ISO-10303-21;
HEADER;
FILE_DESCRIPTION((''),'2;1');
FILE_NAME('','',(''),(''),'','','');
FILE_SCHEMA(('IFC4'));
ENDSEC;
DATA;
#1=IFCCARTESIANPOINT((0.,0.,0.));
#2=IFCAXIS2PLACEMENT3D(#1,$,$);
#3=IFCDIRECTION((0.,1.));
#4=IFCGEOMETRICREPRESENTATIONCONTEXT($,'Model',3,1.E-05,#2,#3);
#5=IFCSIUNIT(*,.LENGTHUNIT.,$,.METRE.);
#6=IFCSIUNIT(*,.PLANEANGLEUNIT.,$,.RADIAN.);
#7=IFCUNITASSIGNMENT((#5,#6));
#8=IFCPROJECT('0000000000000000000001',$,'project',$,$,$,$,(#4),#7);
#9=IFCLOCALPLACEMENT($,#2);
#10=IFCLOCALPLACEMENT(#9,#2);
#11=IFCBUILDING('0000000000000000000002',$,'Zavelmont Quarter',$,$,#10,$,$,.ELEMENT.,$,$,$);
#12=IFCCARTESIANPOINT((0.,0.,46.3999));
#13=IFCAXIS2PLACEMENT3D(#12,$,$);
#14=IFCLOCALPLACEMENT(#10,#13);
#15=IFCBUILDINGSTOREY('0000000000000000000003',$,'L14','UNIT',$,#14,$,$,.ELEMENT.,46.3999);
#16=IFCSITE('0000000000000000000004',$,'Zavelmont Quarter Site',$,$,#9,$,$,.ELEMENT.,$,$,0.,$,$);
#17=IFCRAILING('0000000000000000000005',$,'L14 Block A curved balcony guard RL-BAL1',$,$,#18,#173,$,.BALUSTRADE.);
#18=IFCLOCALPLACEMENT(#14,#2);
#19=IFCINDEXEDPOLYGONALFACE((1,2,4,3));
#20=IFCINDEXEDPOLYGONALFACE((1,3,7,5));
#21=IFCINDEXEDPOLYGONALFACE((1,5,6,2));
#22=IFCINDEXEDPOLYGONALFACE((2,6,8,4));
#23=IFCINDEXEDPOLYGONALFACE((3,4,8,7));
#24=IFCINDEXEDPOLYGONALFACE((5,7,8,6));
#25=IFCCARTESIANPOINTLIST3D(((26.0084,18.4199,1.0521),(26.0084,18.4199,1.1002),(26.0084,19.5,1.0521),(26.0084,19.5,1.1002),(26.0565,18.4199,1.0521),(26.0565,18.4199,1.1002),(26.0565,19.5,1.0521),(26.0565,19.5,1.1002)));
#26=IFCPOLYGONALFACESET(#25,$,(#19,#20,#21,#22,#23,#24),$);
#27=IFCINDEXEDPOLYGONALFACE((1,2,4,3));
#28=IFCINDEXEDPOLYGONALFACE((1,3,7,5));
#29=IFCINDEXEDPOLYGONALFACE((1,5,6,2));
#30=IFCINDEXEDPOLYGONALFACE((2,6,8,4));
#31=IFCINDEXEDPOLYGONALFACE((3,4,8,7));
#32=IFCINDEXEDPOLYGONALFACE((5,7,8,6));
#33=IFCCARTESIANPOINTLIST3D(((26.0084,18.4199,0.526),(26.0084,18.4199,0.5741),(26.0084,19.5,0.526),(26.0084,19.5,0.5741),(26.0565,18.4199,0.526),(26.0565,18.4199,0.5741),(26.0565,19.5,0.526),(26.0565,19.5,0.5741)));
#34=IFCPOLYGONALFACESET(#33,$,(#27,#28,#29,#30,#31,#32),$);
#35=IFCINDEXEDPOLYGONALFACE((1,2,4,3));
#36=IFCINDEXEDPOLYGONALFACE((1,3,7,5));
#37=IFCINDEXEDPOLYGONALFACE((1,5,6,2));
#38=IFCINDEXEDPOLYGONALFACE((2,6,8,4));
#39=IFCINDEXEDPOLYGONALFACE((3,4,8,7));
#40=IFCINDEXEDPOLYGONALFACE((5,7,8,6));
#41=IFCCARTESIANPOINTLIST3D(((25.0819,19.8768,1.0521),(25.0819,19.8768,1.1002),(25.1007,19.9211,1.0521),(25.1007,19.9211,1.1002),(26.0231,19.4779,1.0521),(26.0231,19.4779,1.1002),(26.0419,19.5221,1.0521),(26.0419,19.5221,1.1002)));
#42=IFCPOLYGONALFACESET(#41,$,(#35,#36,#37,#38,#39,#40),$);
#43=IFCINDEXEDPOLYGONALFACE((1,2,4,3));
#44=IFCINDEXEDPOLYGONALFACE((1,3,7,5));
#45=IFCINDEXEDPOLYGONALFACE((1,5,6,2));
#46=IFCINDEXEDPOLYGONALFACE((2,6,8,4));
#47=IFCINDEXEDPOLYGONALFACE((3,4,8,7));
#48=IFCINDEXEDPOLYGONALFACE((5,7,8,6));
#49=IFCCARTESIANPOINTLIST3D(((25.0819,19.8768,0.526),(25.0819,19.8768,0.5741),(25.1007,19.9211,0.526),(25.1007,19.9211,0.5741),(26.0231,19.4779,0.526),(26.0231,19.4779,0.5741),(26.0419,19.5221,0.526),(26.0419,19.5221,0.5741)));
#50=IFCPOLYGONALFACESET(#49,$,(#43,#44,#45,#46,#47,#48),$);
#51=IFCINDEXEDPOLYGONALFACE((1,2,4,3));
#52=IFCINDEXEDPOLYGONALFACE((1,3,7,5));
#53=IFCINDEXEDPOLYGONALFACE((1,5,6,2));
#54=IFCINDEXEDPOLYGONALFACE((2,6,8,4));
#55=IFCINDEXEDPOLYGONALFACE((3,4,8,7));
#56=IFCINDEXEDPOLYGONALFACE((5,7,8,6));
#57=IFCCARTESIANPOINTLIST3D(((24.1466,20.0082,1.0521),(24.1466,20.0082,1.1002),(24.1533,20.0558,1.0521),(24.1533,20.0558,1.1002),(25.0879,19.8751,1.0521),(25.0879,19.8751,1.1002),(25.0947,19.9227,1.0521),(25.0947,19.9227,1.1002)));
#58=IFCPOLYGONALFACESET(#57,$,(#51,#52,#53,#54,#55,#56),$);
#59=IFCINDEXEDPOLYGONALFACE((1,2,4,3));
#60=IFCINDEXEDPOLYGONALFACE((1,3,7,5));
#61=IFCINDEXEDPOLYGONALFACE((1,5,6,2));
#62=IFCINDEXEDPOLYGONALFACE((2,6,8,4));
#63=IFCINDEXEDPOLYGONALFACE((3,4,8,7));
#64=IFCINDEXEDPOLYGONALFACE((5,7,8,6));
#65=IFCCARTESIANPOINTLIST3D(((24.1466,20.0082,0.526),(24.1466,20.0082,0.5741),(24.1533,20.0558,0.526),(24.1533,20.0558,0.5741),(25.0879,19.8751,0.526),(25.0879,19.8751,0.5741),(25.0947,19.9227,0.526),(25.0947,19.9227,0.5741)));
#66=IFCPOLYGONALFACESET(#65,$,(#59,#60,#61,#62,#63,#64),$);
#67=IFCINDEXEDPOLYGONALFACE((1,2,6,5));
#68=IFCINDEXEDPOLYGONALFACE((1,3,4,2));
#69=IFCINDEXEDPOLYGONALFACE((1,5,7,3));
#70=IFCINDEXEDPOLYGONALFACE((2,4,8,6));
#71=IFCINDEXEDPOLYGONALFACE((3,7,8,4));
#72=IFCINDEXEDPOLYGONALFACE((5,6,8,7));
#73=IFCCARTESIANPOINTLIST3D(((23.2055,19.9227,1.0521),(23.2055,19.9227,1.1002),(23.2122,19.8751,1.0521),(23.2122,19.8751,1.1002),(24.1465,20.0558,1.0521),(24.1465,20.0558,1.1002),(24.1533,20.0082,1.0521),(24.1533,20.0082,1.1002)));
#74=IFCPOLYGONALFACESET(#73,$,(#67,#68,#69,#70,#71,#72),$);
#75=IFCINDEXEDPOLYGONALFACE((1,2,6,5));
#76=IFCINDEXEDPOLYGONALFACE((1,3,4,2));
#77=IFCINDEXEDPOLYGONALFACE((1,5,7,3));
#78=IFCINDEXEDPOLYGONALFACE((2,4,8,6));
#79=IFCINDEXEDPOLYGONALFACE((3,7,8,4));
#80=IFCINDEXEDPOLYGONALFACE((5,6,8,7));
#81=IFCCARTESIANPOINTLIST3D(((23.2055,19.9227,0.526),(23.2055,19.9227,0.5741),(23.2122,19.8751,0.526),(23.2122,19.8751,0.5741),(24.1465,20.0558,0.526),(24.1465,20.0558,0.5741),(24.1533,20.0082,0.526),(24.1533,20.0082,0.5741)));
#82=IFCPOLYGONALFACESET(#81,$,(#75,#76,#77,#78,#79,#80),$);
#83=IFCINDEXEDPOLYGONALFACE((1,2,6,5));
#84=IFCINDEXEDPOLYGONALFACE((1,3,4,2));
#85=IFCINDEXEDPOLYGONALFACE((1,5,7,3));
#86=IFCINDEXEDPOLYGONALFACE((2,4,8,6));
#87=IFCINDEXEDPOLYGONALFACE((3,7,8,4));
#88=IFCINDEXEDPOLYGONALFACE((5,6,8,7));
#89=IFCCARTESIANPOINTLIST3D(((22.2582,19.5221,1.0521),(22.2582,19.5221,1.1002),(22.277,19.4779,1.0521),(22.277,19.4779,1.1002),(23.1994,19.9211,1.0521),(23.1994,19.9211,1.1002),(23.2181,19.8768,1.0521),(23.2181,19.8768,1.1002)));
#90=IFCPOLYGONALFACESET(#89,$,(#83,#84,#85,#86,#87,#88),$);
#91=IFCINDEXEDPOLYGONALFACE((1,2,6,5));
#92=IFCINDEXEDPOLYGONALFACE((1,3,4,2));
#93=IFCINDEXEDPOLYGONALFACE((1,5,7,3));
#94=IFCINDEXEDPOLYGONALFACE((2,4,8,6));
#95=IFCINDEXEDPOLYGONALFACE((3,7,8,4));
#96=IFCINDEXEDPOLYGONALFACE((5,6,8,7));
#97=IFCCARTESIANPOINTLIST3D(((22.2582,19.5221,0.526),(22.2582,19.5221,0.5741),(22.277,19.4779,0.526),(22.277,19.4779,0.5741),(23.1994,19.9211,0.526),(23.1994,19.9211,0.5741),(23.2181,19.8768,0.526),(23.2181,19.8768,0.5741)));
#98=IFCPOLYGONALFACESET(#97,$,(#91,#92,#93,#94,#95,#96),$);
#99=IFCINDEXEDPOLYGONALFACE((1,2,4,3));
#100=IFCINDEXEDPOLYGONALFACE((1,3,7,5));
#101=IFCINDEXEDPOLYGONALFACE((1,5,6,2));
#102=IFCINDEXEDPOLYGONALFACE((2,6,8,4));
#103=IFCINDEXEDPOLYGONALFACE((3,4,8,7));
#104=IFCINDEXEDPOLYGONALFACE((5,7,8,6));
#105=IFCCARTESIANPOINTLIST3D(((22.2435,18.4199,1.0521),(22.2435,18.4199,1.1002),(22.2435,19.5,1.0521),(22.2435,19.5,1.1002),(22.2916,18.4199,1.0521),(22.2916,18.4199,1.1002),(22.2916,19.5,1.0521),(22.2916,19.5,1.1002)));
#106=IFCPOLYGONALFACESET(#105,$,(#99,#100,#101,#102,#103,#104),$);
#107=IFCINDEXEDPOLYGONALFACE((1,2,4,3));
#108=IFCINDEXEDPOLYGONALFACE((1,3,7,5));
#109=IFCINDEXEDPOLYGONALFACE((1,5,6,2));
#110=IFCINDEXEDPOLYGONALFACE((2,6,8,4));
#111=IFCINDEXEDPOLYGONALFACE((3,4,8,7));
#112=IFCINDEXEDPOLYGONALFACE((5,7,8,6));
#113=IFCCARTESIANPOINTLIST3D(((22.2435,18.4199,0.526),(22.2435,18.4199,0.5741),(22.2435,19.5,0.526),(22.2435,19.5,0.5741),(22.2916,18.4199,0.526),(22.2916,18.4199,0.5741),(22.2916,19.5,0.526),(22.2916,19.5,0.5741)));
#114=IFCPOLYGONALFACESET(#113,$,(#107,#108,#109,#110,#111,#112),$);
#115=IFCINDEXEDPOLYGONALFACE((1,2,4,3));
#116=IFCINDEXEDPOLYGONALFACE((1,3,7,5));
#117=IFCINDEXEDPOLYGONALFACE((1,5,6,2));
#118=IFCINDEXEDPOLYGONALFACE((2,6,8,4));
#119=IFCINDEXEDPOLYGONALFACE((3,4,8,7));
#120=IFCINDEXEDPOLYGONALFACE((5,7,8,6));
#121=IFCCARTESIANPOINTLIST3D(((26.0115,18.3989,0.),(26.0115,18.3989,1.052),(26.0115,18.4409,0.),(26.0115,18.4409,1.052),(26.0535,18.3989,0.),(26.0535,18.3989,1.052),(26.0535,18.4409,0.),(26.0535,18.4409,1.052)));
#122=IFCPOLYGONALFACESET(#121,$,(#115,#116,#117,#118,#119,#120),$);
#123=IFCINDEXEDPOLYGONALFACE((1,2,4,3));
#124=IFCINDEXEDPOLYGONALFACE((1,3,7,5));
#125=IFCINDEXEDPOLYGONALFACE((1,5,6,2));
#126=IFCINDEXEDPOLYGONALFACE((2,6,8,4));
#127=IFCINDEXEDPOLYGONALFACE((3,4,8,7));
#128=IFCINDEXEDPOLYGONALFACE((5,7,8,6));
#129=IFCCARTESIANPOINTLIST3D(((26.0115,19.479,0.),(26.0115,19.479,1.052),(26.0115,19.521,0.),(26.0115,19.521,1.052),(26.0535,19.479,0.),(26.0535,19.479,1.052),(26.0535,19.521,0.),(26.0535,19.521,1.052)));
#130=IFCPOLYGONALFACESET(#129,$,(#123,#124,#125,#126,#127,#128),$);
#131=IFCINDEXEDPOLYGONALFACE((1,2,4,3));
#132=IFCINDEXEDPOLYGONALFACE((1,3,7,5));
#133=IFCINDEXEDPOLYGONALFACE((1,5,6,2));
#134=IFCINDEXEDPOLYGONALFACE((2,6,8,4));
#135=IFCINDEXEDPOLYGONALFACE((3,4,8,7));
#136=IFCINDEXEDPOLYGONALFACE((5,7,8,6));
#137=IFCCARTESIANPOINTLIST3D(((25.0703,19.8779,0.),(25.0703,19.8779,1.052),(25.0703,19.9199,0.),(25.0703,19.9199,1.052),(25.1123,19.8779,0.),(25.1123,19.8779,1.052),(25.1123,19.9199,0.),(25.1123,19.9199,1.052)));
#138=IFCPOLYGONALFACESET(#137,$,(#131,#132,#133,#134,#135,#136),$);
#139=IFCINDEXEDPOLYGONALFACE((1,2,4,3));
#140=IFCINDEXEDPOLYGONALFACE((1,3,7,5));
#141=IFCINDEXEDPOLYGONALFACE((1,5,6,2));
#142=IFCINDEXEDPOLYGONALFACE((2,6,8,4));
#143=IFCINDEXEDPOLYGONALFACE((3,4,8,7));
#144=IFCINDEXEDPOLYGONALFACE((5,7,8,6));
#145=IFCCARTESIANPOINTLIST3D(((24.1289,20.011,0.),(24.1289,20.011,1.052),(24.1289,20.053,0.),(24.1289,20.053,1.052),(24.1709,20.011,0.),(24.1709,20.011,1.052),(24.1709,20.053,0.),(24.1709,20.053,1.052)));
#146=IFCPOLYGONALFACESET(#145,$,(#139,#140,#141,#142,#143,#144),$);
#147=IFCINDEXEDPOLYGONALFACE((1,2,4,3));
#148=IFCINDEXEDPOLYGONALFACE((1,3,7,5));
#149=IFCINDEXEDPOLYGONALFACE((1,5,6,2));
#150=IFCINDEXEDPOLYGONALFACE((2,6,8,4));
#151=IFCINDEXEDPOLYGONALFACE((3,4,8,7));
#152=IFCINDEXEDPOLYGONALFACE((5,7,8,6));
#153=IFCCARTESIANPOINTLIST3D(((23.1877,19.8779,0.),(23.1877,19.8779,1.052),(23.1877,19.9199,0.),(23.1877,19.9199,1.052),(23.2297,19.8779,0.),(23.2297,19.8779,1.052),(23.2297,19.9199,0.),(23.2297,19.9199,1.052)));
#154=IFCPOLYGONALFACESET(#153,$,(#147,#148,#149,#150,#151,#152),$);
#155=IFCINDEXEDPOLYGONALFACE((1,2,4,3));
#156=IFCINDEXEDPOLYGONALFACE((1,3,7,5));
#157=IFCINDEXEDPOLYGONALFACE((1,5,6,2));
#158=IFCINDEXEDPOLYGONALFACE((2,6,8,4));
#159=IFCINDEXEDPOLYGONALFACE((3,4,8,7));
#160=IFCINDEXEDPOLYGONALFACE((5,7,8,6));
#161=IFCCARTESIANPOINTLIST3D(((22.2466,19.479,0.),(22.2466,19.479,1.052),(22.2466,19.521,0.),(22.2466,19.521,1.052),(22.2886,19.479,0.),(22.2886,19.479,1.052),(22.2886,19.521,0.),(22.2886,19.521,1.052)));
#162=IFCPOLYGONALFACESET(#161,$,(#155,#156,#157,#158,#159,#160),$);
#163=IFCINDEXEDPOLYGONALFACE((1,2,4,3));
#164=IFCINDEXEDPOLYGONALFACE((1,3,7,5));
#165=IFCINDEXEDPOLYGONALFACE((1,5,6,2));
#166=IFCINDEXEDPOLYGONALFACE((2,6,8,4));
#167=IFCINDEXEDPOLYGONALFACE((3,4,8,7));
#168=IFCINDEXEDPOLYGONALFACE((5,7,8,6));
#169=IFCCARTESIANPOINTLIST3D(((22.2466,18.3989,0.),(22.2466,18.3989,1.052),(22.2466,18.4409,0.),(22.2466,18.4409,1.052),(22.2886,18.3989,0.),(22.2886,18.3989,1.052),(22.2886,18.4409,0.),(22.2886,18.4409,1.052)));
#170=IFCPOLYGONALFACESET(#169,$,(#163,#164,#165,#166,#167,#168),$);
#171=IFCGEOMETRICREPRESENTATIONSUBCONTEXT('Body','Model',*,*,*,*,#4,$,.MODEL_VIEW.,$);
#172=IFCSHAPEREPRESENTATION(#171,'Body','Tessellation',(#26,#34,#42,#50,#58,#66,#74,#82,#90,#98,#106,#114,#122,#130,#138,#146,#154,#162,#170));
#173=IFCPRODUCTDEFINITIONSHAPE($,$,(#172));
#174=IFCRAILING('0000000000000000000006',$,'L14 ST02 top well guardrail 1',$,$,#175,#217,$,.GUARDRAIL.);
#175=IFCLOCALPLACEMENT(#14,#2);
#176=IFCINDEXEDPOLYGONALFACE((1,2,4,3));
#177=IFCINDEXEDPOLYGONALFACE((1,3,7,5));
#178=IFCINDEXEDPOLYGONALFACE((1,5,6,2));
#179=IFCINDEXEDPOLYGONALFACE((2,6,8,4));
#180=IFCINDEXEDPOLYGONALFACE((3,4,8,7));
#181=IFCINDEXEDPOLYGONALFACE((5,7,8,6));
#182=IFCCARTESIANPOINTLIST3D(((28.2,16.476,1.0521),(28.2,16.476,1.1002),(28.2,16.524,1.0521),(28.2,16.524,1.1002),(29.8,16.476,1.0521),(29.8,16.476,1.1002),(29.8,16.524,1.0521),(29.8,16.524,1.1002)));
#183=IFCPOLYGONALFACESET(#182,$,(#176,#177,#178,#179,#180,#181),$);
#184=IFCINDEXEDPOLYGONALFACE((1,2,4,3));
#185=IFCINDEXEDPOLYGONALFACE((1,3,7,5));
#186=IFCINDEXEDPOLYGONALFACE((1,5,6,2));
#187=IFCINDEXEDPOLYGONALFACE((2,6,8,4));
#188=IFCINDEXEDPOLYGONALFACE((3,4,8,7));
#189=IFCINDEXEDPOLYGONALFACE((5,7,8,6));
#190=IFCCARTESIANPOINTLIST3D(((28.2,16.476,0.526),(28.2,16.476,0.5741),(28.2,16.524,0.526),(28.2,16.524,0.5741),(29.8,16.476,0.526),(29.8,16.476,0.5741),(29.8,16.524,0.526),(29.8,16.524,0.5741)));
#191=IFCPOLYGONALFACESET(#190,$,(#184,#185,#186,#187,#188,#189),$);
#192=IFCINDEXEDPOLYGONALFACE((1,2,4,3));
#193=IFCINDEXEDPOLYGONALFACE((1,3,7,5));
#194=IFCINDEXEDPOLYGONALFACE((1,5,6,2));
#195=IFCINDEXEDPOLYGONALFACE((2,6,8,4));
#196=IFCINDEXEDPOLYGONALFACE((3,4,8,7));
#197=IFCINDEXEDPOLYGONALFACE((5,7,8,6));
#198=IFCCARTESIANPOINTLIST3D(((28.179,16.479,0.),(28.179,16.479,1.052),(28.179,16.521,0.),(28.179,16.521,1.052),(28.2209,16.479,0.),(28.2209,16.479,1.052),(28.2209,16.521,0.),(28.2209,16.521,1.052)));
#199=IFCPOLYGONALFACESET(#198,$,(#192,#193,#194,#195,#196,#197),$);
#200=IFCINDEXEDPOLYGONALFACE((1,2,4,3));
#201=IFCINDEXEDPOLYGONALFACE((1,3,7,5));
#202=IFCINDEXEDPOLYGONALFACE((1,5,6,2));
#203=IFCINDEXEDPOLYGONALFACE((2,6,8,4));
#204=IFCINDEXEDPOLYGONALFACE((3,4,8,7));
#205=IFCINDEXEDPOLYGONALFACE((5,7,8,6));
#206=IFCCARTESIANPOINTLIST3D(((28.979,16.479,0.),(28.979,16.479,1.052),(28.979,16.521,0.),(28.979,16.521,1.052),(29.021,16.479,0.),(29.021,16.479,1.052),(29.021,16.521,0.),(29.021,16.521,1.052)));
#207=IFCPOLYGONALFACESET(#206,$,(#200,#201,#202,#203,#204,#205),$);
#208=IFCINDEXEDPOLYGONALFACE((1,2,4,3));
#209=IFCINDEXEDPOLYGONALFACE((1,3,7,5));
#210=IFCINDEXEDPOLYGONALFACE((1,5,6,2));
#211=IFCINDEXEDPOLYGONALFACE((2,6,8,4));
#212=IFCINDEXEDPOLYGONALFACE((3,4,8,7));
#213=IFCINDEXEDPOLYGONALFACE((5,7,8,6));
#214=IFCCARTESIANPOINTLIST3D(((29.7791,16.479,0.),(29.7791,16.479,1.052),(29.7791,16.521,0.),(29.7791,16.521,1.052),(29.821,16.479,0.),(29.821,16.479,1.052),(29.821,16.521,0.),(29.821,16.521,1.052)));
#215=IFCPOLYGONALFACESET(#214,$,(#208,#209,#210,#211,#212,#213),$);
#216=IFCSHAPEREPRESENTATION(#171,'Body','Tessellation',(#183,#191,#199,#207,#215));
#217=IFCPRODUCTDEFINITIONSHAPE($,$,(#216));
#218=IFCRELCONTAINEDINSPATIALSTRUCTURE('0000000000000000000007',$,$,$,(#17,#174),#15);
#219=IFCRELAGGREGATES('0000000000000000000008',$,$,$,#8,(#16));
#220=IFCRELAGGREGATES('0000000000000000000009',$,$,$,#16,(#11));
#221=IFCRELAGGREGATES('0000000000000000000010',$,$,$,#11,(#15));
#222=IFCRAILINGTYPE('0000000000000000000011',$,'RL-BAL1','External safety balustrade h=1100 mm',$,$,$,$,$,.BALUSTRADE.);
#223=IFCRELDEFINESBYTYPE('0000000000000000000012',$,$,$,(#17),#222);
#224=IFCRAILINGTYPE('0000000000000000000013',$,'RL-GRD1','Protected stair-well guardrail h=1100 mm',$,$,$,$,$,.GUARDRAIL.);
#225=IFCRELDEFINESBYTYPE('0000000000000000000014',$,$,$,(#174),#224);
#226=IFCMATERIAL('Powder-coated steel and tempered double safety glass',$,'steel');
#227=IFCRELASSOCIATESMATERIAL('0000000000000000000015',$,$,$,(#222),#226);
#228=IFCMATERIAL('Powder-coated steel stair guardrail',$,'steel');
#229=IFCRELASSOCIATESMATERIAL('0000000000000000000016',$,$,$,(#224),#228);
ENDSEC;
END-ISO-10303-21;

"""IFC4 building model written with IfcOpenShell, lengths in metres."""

from ifc_helpers import new_model, si_unit, direction, frame, origin, origin_2d, place, context, subcontext, project, spatial, rectangle, extrude, material, type_object, element, save


model = new_model("IFC4")

# Units and contexts
model_context = context("Model", 3, precision=1e-05, world=origin(), true_north=direction((0.0, 1.0)))
body_context = subcontext(model_context, "Body", "Model", "MODEL_VIEW")
ifc_project = project(units=[si_unit("LENGTHUNIT", "METRE"), si_unit("PLANEANGLEUNIT", "RADIAN")], contexts=[model_context])

# Site, building, storey
site_placement = place(None, origin())
site = spatial("IfcSite", under=ifc_project, at=site_placement, Name="Zavelmont Quarter Site", CompositionType="ELEMENT", RefElevation=0.0)
building_placement = place(site_placement, origin())
building = spatial("IfcBuilding", under=site, at=building_placement, Name="Zavelmont Quarter", CompositionType="ELEMENT")
storey_placement = place(building_placement, frame((0.0, 0.0, 46.3999)))
storey = spatial("IfcBuildingStorey", under=building, at=storey_placement, Name="L14", Description="UNIT", CompositionType="ELEMENT", Elevation=46.3999)

# Railings
ifc_material_1 = material(Name="Powder-coated steel and tempered double safety glass", Category="steel")
railing_type_1 = type_object("IfcRailingType", Name="RL-BAL1", Description="External safety balustrade h=1100 mm", PredefinedType="BALUSTRADE", material=ifc_material_1)
railing_1_placement = place(storey_placement, frame((26.0325, 18.4199, 0.0)))
element("IfcRailing", 1, at=railing_1_placement, inside=storey, type_object=railing_type_1, Name="L14 Block A curved balcony guard RL-BAL1", PredefinedType="BALUSTRADE", context=body_context, shape_type="SweptSolid", body=[
    extrude(rectangle(XDim=0.0481, YDim=0.0481, at=origin_2d()), frame((0.0, 0.0, 1.0762), z_axis=(0.0, 1.0, 0.0), x_axis=(-1.0, 0.0, 0.0)), (0.0, 0.0, 1.0), 1.0801),
    extrude(rectangle(XDim=0.0481, YDim=0.0481, at=origin_2d()), frame((0.0, 0.0, 0.55), z_axis=(0.0, 1.0, 0.0), x_axis=(-1.0, 0.0, 0.0)), (0.0, 0.0, 1.0), 1.0801),
    extrude(rectangle(XDim=0.0481, YDim=0.0481, at=origin_2d()), frame((0.0, 1.0801, 1.0762), z_axis=(-0.920707, 0.390255, 0.0), x_axis=(-0.390255, -0.920707, 0.0)), (0.0, 0.0, 1.0), 1.0222),
    extrude(rectangle(XDim=0.0481, YDim=0.0481, at=origin_2d()), frame((0.0, 1.0801, 0.55), z_axis=(-0.920707, 0.390255, 0.0), x_axis=(-0.390255, -0.920707, 0.0)), (0.0, 0.0, 1.0), 1.0222),
    extrude(rectangle(XDim=0.0481, YDim=0.0481, at=origin_2d()), frame((-0.9412, 1.479, 1.0762), z_axis=(-0.990159, 0.139947, 0.0), x_axis=(-0.139947, -0.990159, 0.0)), (0.0, 0.0, 1.0), 0.9507),
    extrude(rectangle(XDim=0.0481, YDim=0.0481, at=origin_2d()), frame((-0.9412, 1.479, 0.55), z_axis=(-0.990159, 0.139947, 0.0), x_axis=(-0.139947, -0.990159, 0.0)), (0.0, 0.0, 1.0), 0.9507),
    extrude(rectangle(XDim=0.0481, YDim=0.0481, at=origin_2d()), frame((-1.8826, 1.6121, 1.0762), z_axis=(-0.990154, -0.139983, 0.0), x_axis=(0.139983, -0.990154, 0.0)), (0.0, 0.0, 1.0), 0.9504),
    extrude(rectangle(XDim=0.0481, YDim=0.0481, at=origin_2d()), frame((-1.8826, 1.6121, 0.55), z_axis=(-0.990154, -0.139983, 0.0), x_axis=(0.139983, -0.990154, 0.0)), (0.0, 0.0, 1.0), 0.9504),
    extrude(rectangle(XDim=0.0481, YDim=0.0481, at=origin_2d()), frame((-2.8237, 1.479, 1.0762), z_axis=(-0.920707, -0.390255, 0.0), x_axis=(0.390255, -0.920707, 0.0)), (0.0, 0.0, 1.0), 1.0222),
    extrude(rectangle(XDim=0.0481, YDim=0.0481, at=origin_2d()), frame((-2.8237, 1.479, 0.55), z_axis=(-0.920707, -0.390255, 0.0), x_axis=(0.390255, -0.920707, 0.0)), (0.0, 0.0, 1.0), 1.0222),
    extrude(rectangle(XDim=0.0481, YDim=0.0481, at=origin_2d()), frame((-3.7649, 1.0801, 1.0762), z_axis=(0.0, -1.0, 0.0), x_axis=(1.0, 0.0, 0.0)), (0.0, 0.0, 1.0), 1.0801),
    extrude(rectangle(XDim=0.0481, YDim=0.0481, at=origin_2d()), frame((-3.7649, 1.0801, 0.55), z_axis=(0.0, -1.0, 0.0), x_axis=(1.0, 0.0, 0.0)), (0.0, 0.0, 1.0), 1.0801),
    extrude(rectangle(XDim=0.042, YDim=0.042, at=origin_2d()), origin(), (0.0, 0.0, 1.0), 1.052),
    extrude(rectangle(XDim=0.042, YDim=0.042, at=origin_2d()), frame((0.0, 1.0801, 0.0)), (0.0, 0.0, 1.0), 1.052),
    extrude(rectangle(XDim=0.042, YDim=0.042, at=origin_2d()), frame((-0.9412, 1.479, 0.0)), (0.0, 0.0, 1.0), 1.052),
    extrude(rectangle(XDim=0.042, YDim=0.042, at=origin_2d()), frame((-1.8826, 1.6121, 0.0)), (0.0, 0.0, 1.0), 1.052),
    extrude(rectangle(XDim=0.042, YDim=0.042, at=origin_2d()), frame((-2.8237, 1.479, 0.0)), (0.0, 0.0, 1.0), 1.052),
    extrude(rectangle(XDim=0.042, YDim=0.042, at=origin_2d()), frame((-3.7649, 1.0801, 0.0)), (0.0, 0.0, 1.0), 1.052),
    extrude(rectangle(XDim=0.042, YDim=0.042, at=origin_2d()), frame((-3.7649, 0.0, 0.0)), (0.0, 0.0, 1.0), 1.052),
])
ifc_material_2 = material(Name="Powder-coated steel stair guardrail", Category="steel")
railing_type_2 = type_object("IfcRailingType", Name="RL-GRD1", Description="Protected stair-well guardrail h=1100 mm", PredefinedType="GUARDRAIL", material=ifc_material_2)
railing_2_placement = place(storey_placement, frame((28.2, 16.5, 0.0)))
element("IfcRailing", 2, at=railing_2_placement, inside=storey, type_object=railing_type_2, Name="L14 ST02 top well guardrail 1", PredefinedType="GUARDRAIL", context=body_context, shape_type="SweptSolid", body=[
    extrude(rectangle(XDim=0.0481, YDim=0.0481, at=origin_2d()), frame((0.0, 0.0, 1.0762), z_axis=(1.0, 0.0, 0.0), x_axis=(0.0, 1.0, 0.0)), (0.0, 0.0, 1.0), 1.6001),
    extrude(rectangle(XDim=0.0481, YDim=0.0481, at=origin_2d()), frame((0.0, 0.0, 0.55), z_axis=(1.0, 0.0, 0.0), x_axis=(0.0, 1.0, 0.0)), (0.0, 0.0, 1.0), 1.6001),
    extrude(rectangle(XDim=0.042, YDim=0.042, at=origin_2d()), origin(), (0.0, 0.0, 1.0), 1.052),
    extrude(rectangle(XDim=0.042, YDim=0.042, at=origin_2d()), frame((0.8, 0.0, 0.0)), (0.0, 0.0, 1.0), 1.052),
    extrude(rectangle(XDim=0.042, YDim=0.042, at=origin_2d()), frame((1.6001, 0.0, 0.0)), (0.0, 0.0, 1.0), 1.052),
])

save(model, "model.ifc")
